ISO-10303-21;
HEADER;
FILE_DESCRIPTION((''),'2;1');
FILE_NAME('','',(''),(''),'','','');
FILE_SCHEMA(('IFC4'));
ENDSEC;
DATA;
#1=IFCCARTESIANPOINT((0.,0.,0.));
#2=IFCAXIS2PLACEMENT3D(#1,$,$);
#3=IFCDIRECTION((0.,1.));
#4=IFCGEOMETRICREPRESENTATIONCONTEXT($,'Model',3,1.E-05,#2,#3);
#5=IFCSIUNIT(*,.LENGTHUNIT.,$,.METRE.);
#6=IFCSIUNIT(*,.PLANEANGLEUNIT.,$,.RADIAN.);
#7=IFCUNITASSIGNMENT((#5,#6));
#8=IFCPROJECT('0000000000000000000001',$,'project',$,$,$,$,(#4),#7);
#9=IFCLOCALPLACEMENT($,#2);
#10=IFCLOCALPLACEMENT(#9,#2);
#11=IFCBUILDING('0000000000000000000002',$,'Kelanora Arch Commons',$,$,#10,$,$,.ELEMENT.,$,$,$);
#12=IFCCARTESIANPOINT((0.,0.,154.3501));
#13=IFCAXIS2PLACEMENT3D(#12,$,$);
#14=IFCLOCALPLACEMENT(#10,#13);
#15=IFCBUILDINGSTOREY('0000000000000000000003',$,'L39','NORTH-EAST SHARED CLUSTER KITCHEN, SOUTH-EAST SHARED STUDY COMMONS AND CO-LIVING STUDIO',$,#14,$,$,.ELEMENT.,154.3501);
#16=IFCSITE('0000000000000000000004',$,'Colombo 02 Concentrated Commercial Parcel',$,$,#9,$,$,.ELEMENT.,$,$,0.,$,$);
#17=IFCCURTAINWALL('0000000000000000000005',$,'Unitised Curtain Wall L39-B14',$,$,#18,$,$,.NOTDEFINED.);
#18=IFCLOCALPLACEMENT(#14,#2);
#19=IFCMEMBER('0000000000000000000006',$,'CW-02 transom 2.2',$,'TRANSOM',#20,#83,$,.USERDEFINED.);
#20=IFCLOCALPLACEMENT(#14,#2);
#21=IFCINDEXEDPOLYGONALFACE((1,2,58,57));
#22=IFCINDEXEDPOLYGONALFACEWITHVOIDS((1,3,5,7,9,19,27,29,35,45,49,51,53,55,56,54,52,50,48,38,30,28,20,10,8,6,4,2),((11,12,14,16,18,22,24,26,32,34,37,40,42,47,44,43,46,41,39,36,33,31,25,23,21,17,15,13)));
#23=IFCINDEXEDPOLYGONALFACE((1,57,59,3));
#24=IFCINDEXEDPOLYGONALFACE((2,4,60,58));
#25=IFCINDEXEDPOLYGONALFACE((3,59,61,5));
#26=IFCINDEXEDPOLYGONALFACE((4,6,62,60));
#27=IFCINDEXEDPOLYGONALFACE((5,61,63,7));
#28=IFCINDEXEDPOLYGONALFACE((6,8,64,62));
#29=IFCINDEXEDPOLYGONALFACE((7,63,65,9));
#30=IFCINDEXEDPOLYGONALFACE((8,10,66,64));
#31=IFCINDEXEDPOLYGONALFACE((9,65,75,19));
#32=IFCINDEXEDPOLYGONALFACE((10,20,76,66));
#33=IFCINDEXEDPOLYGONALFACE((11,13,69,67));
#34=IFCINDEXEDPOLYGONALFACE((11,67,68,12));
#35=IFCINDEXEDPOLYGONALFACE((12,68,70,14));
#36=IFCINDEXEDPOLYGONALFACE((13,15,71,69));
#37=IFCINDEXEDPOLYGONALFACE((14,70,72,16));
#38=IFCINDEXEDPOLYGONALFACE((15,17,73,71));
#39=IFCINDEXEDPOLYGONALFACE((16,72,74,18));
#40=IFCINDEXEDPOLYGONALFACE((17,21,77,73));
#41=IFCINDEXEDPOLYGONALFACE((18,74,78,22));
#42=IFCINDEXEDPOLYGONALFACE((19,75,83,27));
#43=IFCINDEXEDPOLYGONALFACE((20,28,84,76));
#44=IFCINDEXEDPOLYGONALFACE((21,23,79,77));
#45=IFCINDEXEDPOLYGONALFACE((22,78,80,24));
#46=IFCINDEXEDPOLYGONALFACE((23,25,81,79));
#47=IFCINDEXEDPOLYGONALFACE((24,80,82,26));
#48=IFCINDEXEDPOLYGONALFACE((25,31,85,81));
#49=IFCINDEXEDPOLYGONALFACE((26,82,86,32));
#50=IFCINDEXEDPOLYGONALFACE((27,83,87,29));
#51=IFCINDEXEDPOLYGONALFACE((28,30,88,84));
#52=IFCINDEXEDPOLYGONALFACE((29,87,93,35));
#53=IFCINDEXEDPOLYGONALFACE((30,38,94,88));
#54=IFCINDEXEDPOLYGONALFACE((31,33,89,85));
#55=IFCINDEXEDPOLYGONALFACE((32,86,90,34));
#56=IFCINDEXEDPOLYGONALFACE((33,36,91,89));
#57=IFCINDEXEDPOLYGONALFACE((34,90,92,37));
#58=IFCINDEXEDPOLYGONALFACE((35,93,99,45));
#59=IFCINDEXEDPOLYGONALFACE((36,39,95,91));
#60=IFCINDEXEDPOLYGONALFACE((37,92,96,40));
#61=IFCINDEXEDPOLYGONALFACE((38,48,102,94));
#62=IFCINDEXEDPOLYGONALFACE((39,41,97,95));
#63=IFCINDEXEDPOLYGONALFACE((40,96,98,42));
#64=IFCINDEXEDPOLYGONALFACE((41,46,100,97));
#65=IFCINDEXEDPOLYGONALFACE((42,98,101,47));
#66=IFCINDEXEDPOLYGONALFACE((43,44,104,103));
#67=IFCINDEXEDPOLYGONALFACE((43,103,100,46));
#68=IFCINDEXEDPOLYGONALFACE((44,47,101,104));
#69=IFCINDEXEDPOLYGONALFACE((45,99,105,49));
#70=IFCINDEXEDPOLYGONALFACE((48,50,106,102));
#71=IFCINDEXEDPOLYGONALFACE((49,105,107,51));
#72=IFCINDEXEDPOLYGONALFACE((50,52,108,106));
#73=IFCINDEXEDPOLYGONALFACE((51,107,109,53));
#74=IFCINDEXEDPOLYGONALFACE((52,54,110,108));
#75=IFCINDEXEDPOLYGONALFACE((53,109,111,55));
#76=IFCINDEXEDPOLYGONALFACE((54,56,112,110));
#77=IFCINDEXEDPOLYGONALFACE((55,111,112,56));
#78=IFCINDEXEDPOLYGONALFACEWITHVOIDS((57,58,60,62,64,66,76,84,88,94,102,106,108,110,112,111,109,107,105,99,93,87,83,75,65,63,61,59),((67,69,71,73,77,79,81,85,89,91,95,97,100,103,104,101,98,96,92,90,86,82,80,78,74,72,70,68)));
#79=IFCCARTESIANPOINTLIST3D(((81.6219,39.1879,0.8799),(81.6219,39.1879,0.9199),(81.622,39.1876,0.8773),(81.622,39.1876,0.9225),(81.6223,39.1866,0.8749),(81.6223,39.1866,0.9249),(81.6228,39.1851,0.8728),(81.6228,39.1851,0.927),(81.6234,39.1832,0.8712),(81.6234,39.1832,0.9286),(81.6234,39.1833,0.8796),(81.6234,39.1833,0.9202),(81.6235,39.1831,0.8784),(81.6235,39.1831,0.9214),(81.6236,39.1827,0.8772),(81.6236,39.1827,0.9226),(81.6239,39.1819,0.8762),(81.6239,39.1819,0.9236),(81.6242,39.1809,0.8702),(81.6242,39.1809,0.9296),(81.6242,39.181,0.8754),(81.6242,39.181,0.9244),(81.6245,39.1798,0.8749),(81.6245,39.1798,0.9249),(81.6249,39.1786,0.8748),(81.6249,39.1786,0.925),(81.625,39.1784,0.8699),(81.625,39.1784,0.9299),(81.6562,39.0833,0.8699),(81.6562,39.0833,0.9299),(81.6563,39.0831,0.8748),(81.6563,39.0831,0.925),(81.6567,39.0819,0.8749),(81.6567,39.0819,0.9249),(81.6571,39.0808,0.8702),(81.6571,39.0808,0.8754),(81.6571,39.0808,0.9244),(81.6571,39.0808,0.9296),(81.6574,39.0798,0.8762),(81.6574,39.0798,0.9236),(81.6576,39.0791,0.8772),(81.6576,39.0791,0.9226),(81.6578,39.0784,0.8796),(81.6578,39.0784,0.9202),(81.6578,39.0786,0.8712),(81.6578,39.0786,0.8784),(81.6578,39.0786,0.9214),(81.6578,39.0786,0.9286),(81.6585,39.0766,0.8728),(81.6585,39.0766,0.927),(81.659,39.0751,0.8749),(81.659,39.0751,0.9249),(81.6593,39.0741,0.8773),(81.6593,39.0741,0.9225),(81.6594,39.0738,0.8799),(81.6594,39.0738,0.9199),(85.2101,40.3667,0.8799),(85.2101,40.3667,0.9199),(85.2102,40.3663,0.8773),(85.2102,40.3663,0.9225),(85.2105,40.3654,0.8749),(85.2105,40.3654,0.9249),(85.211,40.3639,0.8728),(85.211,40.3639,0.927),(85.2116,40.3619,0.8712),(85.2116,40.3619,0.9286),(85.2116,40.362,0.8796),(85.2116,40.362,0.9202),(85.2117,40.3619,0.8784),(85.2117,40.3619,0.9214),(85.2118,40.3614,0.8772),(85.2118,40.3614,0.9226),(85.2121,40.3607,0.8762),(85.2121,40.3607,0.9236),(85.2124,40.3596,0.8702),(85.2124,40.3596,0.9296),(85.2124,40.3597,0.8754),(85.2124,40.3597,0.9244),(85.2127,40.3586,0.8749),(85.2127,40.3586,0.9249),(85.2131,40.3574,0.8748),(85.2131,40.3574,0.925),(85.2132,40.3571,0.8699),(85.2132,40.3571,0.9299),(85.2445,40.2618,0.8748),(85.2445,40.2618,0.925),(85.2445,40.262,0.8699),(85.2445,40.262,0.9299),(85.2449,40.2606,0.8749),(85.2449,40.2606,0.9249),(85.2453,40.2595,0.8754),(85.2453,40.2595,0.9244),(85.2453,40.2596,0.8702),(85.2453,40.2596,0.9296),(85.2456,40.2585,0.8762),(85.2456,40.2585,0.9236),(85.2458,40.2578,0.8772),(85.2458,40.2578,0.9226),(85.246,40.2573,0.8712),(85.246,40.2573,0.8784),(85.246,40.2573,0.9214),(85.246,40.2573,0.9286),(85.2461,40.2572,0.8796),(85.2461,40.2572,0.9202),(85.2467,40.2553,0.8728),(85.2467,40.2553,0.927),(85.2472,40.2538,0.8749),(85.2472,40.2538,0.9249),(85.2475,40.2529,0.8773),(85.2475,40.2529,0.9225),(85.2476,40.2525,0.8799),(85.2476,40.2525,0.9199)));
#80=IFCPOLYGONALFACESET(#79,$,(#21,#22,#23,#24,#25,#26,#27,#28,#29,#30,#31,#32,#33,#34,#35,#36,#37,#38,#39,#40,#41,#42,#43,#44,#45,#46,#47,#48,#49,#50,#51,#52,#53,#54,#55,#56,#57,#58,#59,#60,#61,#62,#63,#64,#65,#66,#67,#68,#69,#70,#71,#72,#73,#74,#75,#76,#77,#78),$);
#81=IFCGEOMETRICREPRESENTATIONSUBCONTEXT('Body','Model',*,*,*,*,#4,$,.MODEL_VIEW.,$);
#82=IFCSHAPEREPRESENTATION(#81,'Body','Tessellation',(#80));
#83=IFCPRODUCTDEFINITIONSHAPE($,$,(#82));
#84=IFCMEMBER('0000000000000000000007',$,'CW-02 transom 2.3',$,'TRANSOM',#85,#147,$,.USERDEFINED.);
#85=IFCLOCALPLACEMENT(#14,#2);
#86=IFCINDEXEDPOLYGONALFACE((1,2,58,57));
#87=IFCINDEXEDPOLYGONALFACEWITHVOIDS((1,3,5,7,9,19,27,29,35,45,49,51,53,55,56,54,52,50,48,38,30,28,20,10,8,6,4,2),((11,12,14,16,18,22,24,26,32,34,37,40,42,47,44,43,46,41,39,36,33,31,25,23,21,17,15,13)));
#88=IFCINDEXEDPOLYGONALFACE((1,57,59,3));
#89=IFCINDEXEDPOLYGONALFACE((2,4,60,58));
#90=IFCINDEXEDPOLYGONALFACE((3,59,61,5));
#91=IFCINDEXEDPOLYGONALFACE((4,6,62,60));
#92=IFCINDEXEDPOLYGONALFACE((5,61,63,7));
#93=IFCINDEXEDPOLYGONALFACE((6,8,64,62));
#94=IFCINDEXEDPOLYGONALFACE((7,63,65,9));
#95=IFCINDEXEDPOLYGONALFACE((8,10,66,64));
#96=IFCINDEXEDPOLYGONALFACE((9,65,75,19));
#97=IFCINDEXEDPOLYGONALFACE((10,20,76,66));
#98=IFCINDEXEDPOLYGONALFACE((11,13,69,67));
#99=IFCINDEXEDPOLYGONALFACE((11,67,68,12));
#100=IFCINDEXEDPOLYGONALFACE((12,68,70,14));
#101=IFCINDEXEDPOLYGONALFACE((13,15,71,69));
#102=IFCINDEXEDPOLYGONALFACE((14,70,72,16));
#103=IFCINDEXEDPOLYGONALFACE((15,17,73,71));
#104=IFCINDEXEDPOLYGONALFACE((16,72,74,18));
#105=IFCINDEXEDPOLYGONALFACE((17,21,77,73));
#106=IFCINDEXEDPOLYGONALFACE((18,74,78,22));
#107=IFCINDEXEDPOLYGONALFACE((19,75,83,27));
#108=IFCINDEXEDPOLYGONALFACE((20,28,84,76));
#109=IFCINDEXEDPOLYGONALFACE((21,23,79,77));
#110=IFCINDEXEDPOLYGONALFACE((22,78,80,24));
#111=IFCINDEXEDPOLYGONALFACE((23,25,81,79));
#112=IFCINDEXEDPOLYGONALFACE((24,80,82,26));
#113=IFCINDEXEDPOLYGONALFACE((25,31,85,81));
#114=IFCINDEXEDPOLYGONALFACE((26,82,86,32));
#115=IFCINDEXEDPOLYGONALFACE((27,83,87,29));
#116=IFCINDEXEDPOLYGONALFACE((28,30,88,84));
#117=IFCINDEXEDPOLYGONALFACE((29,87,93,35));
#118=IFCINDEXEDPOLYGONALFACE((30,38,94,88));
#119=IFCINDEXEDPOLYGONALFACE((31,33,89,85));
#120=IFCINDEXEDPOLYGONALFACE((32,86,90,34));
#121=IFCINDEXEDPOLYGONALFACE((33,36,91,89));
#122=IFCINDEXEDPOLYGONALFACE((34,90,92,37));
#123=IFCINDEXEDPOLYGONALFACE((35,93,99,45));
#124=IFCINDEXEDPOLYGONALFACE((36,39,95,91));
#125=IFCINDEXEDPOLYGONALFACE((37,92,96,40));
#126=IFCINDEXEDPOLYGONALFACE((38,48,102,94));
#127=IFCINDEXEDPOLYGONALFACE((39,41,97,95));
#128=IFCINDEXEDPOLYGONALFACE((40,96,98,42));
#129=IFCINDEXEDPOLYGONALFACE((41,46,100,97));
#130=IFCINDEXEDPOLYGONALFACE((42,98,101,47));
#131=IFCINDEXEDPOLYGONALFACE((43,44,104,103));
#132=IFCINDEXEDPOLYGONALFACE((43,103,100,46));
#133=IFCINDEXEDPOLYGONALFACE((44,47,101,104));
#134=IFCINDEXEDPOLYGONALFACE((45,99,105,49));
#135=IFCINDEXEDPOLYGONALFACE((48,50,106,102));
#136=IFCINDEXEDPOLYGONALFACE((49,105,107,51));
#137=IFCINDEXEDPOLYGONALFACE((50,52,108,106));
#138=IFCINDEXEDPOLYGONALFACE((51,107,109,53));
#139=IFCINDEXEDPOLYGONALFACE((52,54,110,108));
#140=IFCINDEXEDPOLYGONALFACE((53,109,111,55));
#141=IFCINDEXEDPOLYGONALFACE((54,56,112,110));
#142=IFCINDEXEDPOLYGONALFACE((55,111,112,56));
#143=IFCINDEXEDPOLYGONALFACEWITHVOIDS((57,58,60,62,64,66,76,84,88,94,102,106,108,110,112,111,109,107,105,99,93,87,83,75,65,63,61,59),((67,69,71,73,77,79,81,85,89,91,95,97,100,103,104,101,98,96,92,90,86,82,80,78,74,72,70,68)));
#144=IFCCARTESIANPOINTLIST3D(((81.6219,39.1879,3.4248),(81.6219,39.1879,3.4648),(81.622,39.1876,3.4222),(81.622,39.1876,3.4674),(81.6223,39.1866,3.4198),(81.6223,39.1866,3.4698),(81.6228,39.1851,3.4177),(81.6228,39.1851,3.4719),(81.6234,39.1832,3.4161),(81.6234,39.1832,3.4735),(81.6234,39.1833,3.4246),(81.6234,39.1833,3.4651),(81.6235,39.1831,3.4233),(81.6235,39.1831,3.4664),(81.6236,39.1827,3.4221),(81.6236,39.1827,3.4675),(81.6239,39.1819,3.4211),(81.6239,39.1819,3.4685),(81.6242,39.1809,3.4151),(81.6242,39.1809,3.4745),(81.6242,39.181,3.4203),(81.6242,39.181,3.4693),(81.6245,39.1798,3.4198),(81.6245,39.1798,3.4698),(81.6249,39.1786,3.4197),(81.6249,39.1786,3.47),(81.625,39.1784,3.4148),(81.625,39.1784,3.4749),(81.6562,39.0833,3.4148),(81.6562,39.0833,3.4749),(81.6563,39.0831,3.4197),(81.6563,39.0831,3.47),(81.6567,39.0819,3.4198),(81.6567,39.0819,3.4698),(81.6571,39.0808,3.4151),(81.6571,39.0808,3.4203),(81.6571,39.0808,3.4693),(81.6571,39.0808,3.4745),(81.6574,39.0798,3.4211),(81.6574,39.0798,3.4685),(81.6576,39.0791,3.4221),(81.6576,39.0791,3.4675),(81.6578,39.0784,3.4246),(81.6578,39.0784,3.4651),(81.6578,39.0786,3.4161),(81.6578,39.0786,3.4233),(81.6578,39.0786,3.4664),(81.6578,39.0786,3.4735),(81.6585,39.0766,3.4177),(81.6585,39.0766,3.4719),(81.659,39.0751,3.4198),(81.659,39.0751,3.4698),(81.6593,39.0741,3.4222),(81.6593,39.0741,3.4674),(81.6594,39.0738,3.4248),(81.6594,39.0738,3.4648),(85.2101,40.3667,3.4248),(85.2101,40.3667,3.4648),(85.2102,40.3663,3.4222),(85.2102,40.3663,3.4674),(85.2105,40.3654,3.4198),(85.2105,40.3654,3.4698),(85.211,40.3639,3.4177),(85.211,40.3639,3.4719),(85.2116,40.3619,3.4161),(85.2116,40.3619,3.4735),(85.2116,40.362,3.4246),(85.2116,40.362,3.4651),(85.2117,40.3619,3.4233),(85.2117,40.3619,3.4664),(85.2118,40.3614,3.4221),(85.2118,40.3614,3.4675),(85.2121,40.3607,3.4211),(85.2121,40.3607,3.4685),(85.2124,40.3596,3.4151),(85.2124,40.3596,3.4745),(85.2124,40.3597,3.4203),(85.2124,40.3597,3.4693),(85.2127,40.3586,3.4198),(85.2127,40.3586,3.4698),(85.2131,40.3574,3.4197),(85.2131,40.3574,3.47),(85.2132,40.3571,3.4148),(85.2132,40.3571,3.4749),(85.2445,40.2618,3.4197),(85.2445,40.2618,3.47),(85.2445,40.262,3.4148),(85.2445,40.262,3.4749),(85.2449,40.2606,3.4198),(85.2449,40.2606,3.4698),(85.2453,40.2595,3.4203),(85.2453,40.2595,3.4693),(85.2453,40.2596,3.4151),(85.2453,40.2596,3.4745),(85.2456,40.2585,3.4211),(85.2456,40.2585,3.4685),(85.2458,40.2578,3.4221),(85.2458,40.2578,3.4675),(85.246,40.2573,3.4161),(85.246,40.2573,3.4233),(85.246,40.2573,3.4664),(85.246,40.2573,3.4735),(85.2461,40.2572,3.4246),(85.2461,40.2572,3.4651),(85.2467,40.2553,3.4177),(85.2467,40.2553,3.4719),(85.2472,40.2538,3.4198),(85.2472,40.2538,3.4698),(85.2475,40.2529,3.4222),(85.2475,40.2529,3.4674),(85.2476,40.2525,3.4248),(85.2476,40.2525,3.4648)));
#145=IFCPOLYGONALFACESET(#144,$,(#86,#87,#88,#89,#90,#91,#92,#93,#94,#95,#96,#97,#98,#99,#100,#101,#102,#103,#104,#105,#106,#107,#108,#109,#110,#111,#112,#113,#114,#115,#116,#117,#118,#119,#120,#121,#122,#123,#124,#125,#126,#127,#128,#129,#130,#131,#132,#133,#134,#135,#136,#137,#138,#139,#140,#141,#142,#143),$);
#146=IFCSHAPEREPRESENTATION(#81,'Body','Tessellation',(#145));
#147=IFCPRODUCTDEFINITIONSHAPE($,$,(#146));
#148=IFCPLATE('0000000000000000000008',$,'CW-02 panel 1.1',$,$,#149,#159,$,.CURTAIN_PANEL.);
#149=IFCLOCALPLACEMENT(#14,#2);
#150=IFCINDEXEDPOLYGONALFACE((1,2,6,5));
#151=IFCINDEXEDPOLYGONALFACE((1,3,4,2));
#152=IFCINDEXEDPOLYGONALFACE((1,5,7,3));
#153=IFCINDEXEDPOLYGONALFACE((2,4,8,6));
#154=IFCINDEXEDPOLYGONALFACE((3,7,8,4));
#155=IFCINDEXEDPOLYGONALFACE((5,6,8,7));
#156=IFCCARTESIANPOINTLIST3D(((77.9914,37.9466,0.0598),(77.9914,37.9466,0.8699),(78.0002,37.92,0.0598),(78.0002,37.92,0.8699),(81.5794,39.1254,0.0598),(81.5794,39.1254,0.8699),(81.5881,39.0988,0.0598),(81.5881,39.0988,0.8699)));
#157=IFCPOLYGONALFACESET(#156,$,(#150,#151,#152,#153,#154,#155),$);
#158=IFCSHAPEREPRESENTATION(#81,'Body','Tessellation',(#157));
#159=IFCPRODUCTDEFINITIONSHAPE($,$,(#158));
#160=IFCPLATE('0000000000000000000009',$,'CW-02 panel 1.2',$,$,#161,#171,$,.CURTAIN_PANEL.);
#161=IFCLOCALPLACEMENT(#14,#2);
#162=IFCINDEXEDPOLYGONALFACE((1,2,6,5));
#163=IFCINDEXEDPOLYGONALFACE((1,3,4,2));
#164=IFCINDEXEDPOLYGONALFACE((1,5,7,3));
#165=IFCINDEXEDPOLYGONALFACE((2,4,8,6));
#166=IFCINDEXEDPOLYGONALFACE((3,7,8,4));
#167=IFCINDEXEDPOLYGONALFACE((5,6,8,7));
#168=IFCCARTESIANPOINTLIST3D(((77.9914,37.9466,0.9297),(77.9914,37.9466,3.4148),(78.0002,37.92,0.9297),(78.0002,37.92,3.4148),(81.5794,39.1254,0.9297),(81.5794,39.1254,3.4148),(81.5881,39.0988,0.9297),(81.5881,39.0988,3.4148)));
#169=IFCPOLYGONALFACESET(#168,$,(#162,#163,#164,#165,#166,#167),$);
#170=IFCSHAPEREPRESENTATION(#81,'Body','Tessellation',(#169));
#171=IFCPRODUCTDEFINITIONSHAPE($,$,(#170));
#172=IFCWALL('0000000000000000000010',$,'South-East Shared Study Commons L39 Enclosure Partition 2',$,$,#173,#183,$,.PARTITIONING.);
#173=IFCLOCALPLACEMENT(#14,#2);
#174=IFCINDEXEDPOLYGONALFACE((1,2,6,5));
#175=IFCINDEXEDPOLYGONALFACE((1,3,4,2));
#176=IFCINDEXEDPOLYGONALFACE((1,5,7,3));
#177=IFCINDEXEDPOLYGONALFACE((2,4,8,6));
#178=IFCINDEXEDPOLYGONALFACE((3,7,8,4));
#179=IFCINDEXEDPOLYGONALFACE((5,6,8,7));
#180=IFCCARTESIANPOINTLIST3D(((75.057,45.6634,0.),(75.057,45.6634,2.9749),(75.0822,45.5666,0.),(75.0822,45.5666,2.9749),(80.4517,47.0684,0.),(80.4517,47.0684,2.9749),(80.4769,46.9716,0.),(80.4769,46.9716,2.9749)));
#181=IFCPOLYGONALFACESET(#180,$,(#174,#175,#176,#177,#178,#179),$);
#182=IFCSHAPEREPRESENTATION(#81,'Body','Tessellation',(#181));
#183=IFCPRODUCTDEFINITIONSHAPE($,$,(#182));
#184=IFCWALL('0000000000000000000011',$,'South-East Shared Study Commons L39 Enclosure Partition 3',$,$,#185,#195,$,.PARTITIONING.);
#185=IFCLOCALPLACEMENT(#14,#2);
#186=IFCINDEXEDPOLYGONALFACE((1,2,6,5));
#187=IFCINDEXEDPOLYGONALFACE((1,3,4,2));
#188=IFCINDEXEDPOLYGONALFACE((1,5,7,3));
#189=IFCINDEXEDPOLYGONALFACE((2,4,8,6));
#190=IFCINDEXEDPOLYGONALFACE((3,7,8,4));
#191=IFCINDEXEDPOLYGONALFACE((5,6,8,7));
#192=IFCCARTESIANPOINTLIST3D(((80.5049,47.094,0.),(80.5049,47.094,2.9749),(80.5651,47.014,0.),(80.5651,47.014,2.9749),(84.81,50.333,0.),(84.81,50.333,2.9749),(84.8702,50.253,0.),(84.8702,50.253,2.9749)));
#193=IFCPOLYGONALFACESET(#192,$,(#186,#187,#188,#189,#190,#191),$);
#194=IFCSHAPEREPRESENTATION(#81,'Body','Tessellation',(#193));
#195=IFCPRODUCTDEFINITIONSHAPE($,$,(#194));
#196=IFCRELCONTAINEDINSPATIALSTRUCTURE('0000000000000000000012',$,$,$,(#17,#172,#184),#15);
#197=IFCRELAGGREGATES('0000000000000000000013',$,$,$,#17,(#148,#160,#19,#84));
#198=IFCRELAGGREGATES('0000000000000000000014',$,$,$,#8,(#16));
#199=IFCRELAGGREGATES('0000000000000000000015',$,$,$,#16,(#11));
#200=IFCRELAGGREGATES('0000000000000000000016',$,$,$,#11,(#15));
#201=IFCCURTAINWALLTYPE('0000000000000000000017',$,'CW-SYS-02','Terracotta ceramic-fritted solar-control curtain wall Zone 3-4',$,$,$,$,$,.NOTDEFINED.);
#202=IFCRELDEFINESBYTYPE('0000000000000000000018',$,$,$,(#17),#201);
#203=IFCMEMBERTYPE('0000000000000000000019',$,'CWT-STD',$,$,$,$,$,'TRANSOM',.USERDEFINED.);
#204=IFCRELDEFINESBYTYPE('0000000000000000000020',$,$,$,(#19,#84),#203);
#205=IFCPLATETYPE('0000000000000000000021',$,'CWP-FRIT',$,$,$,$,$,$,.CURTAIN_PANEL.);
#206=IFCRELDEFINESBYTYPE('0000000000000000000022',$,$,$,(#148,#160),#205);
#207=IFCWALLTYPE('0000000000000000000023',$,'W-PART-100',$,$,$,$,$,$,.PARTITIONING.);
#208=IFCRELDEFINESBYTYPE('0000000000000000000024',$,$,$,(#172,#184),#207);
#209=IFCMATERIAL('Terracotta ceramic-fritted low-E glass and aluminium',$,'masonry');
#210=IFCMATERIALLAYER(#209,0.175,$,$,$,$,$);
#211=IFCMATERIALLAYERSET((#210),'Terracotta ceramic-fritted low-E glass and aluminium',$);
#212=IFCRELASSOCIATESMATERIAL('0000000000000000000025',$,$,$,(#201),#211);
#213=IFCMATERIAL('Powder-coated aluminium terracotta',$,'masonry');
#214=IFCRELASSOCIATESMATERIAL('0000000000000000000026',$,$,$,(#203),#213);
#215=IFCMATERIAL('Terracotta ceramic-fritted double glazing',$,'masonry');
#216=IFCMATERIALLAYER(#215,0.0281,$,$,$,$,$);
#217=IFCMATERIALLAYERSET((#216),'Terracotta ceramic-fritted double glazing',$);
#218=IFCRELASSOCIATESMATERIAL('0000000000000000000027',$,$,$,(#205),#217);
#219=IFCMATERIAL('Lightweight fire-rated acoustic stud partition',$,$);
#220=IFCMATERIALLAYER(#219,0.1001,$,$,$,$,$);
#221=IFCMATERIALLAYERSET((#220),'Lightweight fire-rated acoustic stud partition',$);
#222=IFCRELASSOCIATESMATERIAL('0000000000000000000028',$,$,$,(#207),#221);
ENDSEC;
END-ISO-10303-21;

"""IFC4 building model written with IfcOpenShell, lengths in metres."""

from ifc_helpers import new_model, si_unit, direction, frame, frame_2d, origin, origin_2d, place, context, subcontext, project, spatial, rectangle, hollow_rectangle, extrude, source, transform, mapped, material, layer, layer_set, material_profile, profile_set, type_object, element, aggregate, save


model = new_model("IFC4")

# Units and contexts
model_context = context("Model", 3, precision=1e-05, world=origin(), true_north=direction((0.0, 1.0)))
body_context = subcontext(model_context, "Body", "Model", "MODEL_VIEW")
ifc_project = project(units=[si_unit("LENGTHUNIT", "METRE"), si_unit("PLANEANGLEUNIT", "RADIAN")], contexts=[model_context])

# Site, building, storey
site_placement = place(None, origin())
site = spatial("IfcSite", under=ifc_project, at=site_placement, Name="Colombo 02 Concentrated Commercial Parcel", CompositionType="ELEMENT", RefElevation=0.0)
building_placement = place(site_placement, origin())
building = spatial("IfcBuilding", under=site, at=building_placement, Name="Kelanora Arch Commons", CompositionType="ELEMENT")
storey_placement = place(building_placement, frame((0.0, 0.0, 154.3501)))
storey = spatial("IfcBuildingStorey", under=building, at=storey_placement, Name="L39", Description="NORTH-EAST SHARED CLUSTER KITCHEN, SOUTH-EAST SHARED STUDY COMMONS AND CO-LIVING STUDIO", CompositionType="ELEMENT", Elevation=154.3501)

# Curtain wall, members, plates
ifc_material_1 = material(Name="Terracotta ceramic-fritted low-E glass and aluminium", Category="masonry")
ifc_layer_1 = layer(ifc_material_1, 0.175)
ifc_layer_set_1 = layer_set([ifc_layer_1], Name="Terracotta ceramic-fritted low-E glass and aluminium")
curtain_wall_type = type_object("IfcCurtainWallType", Name="CW-SYS-02", Description="Terracotta ceramic-fritted solar-control curtain wall Zone 3-4", PredefinedType="NOTDEFINED", material=ifc_layer_set_1)
curtain_wall_placement = place(storey_placement, origin())
curtain_wall = element("IfcCurtainWall", 1, at=curtain_wall_placement, inside=storey, type_object=curtain_wall_type, Name="Unitised Curtain Wall L39-B14", PredefinedType="NOTDEFINED")
ifc_material_2 = material(Name="Powder-coated aluminium terracotta", Category="masonry")
ifc_material_profile_1 = material_profile(ifc_material_2, hollow_rectangle(XDim=0.1201, YDim=0.0601, WallThickness=0.0049, InnerFilletRadius=0.0049, OuterFilletRadius=0.01, at=origin_2d()), Name="CWT120x60")
ifc_profile_set_1 = profile_set([ifc_material_profile_1], Name="Powder-coated aluminium terracotta")
member_type_1 = type_object("IfcMemberType", Name="CWT-STD", ElementType="TRANSOM", PredefinedType="USERDEFINED", material=ifc_profile_set_1)
member_1_placement = place(storey_placement, frame((81.6406, 39.1309, 0.8999), z_axis=(0.950051, 0.312094, 0.0), x_axis=(-0.312094, 0.950051, 0.0)))
member_1 = element("IfcMember", 2, at=member_1_placement, type_object=member_type_1, Name="CW-02 transom 2.2", ObjectType="TRANSOM", PredefinedType="USERDEFINED", context=body_context, shape_type="SweptSolid", body=[
    extrude(hollow_rectangle(XDim=0.1201, YDim=0.0601, WallThickness=0.0049, InnerFilletRadius=0.0049, OuterFilletRadius=0.01, at=origin_2d()), origin(), (0.0, 0.0, 1.0), 3.7769),
])
member_2_placement = place(storey_placement, frame((81.6406, 39.1309, 3.4448), z_axis=(0.950051, 0.312094, 0.0), x_axis=(-0.312094, 0.950051, 0.0)))
member_2 = element("IfcMember", 3, at=member_2_placement, type_object=member_type_1, Name="CW-02 transom 2.3", ObjectType="TRANSOM", PredefinedType="USERDEFINED", context=body_context, shape_type="SweptSolid", body=[
    extrude(hollow_rectangle(XDim=0.1201, YDim=0.0601, WallThickness=0.0049, InnerFilletRadius=0.0049, OuterFilletRadius=0.01, at=origin_2d()), origin(), (0.0, 0.0, 1.0), 3.7769),
])
ifc_material_3 = material(Name="Terracotta ceramic-fritted double glazing", Category="masonry")
ifc_layer_2 = layer(ifc_material_3, 0.0281)
ifc_layer_set_2 = layer_set([ifc_layer_2], Name="Terracotta ceramic-fritted double glazing")
plate_type = type_object("IfcPlateType", Name="CWP-FRIT", PredefinedType="CURTAIN_PANEL", material=ifc_layer_set_2)
shared_shape_1 = source(origin(), body_context, "Body", "SweptSolid", [
    extrude(rectangle(XDim=3.7766, YDim=0.0281, at=origin_2d()), origin(), (0.0, 0.0, 1.0), 0.8101),
])
plate_1_placement = place(storey_placement, frame((79.7898, 38.5227, 0.0598), z_axis=(0.0, 0.0, 1.0), x_axis=(0.95004, 0.312128, 0.0)))
plate_1 = element("IfcPlate", 4, at=plate_1_placement, type_object=plate_type, Name="CW-02 panel 1.1", PredefinedType="CURTAIN_PANEL", context=body_context, shape_type="MappedRepresentation", body=[
    mapped(shared_shape_1, transform((0.0, 0.0, 0.0), scale=1.0)),
])
shared_shape_2 = source(origin(), body_context, "Body", "SweptSolid", [
    extrude(rectangle(XDim=3.7766, YDim=0.0281, at=origin_2d()), origin(), (0.0, 0.0, 1.0), 2.4851),
])
plate_2_placement = place(storey_placement, frame((79.7898, 38.5227, 0.9297), z_axis=(0.0, 0.0, 1.0), x_axis=(0.95004, 0.312128, 0.0)))
plate_2 = element("IfcPlate", 5, at=plate_2_placement, type_object=plate_type, Name="CW-02 panel 1.2", PredefinedType="CURTAIN_PANEL", context=body_context, shape_type="MappedRepresentation", body=[
    mapped(shared_shape_2, transform((0.0, 0.0, 0.0), scale=1.0)),
])
aggregate(curtain_wall, [plate_1, plate_2, member_1, member_2])

# Walls
ifc_material_4 = material(Name="Lightweight fire-rated acoustic stud partition")
ifc_layer_3 = layer(ifc_material_4, 0.1001)
ifc_layer_set_3 = layer_set([ifc_layer_3], Name="Lightweight fire-rated acoustic stud partition")
wall_type = type_object("IfcWallType", Name="W-PART-100", PredefinedType="PARTITIONING", material=ifc_layer_set_3)
wall_1_placement = place(storey_placement, frame((75.0696, 45.615, 0.0), z_axis=(0.0, 0.0, 1.0), x_axis=(0.967718, 0.252035, 0.0)))
element("IfcWall", 6, at=wall_1_placement, inside=storey, type_object=wall_type, Name="South-East Shared Study Commons L39 Enclosure Partition 2", PredefinedType="PARTITIONING", context=body_context, shape_type="SweptSolid", body=[
    extrude(rectangle(XDim=5.5747, YDim=0.1001, at=frame_2d((2.7874, 0.0))), origin(), (0.0, 0.0, 1.0), 2.9749),
])
wall_2_placement = place(storey_placement, frame((80.5349, 47.054, 0.0), z_axis=(0.0, 0.0, 1.0), x_axis=(0.799096, 0.601203, 0.0)))
element("IfcWall", 7, at=wall_2_placement, inside=storey, type_object=wall_type, Name="South-East Shared Study Commons L39 Enclosure Partition 3", PredefinedType="PARTITIONING", context=body_context, shape_type="SweptSolid", body=[
    extrude(rectangle(XDim=5.3875, YDim=0.1001, at=frame_2d((2.6938, 0.0))), origin(), (0.0, 0.0, 1.0), 2.9749),
])

save(model, "model.ifc")
